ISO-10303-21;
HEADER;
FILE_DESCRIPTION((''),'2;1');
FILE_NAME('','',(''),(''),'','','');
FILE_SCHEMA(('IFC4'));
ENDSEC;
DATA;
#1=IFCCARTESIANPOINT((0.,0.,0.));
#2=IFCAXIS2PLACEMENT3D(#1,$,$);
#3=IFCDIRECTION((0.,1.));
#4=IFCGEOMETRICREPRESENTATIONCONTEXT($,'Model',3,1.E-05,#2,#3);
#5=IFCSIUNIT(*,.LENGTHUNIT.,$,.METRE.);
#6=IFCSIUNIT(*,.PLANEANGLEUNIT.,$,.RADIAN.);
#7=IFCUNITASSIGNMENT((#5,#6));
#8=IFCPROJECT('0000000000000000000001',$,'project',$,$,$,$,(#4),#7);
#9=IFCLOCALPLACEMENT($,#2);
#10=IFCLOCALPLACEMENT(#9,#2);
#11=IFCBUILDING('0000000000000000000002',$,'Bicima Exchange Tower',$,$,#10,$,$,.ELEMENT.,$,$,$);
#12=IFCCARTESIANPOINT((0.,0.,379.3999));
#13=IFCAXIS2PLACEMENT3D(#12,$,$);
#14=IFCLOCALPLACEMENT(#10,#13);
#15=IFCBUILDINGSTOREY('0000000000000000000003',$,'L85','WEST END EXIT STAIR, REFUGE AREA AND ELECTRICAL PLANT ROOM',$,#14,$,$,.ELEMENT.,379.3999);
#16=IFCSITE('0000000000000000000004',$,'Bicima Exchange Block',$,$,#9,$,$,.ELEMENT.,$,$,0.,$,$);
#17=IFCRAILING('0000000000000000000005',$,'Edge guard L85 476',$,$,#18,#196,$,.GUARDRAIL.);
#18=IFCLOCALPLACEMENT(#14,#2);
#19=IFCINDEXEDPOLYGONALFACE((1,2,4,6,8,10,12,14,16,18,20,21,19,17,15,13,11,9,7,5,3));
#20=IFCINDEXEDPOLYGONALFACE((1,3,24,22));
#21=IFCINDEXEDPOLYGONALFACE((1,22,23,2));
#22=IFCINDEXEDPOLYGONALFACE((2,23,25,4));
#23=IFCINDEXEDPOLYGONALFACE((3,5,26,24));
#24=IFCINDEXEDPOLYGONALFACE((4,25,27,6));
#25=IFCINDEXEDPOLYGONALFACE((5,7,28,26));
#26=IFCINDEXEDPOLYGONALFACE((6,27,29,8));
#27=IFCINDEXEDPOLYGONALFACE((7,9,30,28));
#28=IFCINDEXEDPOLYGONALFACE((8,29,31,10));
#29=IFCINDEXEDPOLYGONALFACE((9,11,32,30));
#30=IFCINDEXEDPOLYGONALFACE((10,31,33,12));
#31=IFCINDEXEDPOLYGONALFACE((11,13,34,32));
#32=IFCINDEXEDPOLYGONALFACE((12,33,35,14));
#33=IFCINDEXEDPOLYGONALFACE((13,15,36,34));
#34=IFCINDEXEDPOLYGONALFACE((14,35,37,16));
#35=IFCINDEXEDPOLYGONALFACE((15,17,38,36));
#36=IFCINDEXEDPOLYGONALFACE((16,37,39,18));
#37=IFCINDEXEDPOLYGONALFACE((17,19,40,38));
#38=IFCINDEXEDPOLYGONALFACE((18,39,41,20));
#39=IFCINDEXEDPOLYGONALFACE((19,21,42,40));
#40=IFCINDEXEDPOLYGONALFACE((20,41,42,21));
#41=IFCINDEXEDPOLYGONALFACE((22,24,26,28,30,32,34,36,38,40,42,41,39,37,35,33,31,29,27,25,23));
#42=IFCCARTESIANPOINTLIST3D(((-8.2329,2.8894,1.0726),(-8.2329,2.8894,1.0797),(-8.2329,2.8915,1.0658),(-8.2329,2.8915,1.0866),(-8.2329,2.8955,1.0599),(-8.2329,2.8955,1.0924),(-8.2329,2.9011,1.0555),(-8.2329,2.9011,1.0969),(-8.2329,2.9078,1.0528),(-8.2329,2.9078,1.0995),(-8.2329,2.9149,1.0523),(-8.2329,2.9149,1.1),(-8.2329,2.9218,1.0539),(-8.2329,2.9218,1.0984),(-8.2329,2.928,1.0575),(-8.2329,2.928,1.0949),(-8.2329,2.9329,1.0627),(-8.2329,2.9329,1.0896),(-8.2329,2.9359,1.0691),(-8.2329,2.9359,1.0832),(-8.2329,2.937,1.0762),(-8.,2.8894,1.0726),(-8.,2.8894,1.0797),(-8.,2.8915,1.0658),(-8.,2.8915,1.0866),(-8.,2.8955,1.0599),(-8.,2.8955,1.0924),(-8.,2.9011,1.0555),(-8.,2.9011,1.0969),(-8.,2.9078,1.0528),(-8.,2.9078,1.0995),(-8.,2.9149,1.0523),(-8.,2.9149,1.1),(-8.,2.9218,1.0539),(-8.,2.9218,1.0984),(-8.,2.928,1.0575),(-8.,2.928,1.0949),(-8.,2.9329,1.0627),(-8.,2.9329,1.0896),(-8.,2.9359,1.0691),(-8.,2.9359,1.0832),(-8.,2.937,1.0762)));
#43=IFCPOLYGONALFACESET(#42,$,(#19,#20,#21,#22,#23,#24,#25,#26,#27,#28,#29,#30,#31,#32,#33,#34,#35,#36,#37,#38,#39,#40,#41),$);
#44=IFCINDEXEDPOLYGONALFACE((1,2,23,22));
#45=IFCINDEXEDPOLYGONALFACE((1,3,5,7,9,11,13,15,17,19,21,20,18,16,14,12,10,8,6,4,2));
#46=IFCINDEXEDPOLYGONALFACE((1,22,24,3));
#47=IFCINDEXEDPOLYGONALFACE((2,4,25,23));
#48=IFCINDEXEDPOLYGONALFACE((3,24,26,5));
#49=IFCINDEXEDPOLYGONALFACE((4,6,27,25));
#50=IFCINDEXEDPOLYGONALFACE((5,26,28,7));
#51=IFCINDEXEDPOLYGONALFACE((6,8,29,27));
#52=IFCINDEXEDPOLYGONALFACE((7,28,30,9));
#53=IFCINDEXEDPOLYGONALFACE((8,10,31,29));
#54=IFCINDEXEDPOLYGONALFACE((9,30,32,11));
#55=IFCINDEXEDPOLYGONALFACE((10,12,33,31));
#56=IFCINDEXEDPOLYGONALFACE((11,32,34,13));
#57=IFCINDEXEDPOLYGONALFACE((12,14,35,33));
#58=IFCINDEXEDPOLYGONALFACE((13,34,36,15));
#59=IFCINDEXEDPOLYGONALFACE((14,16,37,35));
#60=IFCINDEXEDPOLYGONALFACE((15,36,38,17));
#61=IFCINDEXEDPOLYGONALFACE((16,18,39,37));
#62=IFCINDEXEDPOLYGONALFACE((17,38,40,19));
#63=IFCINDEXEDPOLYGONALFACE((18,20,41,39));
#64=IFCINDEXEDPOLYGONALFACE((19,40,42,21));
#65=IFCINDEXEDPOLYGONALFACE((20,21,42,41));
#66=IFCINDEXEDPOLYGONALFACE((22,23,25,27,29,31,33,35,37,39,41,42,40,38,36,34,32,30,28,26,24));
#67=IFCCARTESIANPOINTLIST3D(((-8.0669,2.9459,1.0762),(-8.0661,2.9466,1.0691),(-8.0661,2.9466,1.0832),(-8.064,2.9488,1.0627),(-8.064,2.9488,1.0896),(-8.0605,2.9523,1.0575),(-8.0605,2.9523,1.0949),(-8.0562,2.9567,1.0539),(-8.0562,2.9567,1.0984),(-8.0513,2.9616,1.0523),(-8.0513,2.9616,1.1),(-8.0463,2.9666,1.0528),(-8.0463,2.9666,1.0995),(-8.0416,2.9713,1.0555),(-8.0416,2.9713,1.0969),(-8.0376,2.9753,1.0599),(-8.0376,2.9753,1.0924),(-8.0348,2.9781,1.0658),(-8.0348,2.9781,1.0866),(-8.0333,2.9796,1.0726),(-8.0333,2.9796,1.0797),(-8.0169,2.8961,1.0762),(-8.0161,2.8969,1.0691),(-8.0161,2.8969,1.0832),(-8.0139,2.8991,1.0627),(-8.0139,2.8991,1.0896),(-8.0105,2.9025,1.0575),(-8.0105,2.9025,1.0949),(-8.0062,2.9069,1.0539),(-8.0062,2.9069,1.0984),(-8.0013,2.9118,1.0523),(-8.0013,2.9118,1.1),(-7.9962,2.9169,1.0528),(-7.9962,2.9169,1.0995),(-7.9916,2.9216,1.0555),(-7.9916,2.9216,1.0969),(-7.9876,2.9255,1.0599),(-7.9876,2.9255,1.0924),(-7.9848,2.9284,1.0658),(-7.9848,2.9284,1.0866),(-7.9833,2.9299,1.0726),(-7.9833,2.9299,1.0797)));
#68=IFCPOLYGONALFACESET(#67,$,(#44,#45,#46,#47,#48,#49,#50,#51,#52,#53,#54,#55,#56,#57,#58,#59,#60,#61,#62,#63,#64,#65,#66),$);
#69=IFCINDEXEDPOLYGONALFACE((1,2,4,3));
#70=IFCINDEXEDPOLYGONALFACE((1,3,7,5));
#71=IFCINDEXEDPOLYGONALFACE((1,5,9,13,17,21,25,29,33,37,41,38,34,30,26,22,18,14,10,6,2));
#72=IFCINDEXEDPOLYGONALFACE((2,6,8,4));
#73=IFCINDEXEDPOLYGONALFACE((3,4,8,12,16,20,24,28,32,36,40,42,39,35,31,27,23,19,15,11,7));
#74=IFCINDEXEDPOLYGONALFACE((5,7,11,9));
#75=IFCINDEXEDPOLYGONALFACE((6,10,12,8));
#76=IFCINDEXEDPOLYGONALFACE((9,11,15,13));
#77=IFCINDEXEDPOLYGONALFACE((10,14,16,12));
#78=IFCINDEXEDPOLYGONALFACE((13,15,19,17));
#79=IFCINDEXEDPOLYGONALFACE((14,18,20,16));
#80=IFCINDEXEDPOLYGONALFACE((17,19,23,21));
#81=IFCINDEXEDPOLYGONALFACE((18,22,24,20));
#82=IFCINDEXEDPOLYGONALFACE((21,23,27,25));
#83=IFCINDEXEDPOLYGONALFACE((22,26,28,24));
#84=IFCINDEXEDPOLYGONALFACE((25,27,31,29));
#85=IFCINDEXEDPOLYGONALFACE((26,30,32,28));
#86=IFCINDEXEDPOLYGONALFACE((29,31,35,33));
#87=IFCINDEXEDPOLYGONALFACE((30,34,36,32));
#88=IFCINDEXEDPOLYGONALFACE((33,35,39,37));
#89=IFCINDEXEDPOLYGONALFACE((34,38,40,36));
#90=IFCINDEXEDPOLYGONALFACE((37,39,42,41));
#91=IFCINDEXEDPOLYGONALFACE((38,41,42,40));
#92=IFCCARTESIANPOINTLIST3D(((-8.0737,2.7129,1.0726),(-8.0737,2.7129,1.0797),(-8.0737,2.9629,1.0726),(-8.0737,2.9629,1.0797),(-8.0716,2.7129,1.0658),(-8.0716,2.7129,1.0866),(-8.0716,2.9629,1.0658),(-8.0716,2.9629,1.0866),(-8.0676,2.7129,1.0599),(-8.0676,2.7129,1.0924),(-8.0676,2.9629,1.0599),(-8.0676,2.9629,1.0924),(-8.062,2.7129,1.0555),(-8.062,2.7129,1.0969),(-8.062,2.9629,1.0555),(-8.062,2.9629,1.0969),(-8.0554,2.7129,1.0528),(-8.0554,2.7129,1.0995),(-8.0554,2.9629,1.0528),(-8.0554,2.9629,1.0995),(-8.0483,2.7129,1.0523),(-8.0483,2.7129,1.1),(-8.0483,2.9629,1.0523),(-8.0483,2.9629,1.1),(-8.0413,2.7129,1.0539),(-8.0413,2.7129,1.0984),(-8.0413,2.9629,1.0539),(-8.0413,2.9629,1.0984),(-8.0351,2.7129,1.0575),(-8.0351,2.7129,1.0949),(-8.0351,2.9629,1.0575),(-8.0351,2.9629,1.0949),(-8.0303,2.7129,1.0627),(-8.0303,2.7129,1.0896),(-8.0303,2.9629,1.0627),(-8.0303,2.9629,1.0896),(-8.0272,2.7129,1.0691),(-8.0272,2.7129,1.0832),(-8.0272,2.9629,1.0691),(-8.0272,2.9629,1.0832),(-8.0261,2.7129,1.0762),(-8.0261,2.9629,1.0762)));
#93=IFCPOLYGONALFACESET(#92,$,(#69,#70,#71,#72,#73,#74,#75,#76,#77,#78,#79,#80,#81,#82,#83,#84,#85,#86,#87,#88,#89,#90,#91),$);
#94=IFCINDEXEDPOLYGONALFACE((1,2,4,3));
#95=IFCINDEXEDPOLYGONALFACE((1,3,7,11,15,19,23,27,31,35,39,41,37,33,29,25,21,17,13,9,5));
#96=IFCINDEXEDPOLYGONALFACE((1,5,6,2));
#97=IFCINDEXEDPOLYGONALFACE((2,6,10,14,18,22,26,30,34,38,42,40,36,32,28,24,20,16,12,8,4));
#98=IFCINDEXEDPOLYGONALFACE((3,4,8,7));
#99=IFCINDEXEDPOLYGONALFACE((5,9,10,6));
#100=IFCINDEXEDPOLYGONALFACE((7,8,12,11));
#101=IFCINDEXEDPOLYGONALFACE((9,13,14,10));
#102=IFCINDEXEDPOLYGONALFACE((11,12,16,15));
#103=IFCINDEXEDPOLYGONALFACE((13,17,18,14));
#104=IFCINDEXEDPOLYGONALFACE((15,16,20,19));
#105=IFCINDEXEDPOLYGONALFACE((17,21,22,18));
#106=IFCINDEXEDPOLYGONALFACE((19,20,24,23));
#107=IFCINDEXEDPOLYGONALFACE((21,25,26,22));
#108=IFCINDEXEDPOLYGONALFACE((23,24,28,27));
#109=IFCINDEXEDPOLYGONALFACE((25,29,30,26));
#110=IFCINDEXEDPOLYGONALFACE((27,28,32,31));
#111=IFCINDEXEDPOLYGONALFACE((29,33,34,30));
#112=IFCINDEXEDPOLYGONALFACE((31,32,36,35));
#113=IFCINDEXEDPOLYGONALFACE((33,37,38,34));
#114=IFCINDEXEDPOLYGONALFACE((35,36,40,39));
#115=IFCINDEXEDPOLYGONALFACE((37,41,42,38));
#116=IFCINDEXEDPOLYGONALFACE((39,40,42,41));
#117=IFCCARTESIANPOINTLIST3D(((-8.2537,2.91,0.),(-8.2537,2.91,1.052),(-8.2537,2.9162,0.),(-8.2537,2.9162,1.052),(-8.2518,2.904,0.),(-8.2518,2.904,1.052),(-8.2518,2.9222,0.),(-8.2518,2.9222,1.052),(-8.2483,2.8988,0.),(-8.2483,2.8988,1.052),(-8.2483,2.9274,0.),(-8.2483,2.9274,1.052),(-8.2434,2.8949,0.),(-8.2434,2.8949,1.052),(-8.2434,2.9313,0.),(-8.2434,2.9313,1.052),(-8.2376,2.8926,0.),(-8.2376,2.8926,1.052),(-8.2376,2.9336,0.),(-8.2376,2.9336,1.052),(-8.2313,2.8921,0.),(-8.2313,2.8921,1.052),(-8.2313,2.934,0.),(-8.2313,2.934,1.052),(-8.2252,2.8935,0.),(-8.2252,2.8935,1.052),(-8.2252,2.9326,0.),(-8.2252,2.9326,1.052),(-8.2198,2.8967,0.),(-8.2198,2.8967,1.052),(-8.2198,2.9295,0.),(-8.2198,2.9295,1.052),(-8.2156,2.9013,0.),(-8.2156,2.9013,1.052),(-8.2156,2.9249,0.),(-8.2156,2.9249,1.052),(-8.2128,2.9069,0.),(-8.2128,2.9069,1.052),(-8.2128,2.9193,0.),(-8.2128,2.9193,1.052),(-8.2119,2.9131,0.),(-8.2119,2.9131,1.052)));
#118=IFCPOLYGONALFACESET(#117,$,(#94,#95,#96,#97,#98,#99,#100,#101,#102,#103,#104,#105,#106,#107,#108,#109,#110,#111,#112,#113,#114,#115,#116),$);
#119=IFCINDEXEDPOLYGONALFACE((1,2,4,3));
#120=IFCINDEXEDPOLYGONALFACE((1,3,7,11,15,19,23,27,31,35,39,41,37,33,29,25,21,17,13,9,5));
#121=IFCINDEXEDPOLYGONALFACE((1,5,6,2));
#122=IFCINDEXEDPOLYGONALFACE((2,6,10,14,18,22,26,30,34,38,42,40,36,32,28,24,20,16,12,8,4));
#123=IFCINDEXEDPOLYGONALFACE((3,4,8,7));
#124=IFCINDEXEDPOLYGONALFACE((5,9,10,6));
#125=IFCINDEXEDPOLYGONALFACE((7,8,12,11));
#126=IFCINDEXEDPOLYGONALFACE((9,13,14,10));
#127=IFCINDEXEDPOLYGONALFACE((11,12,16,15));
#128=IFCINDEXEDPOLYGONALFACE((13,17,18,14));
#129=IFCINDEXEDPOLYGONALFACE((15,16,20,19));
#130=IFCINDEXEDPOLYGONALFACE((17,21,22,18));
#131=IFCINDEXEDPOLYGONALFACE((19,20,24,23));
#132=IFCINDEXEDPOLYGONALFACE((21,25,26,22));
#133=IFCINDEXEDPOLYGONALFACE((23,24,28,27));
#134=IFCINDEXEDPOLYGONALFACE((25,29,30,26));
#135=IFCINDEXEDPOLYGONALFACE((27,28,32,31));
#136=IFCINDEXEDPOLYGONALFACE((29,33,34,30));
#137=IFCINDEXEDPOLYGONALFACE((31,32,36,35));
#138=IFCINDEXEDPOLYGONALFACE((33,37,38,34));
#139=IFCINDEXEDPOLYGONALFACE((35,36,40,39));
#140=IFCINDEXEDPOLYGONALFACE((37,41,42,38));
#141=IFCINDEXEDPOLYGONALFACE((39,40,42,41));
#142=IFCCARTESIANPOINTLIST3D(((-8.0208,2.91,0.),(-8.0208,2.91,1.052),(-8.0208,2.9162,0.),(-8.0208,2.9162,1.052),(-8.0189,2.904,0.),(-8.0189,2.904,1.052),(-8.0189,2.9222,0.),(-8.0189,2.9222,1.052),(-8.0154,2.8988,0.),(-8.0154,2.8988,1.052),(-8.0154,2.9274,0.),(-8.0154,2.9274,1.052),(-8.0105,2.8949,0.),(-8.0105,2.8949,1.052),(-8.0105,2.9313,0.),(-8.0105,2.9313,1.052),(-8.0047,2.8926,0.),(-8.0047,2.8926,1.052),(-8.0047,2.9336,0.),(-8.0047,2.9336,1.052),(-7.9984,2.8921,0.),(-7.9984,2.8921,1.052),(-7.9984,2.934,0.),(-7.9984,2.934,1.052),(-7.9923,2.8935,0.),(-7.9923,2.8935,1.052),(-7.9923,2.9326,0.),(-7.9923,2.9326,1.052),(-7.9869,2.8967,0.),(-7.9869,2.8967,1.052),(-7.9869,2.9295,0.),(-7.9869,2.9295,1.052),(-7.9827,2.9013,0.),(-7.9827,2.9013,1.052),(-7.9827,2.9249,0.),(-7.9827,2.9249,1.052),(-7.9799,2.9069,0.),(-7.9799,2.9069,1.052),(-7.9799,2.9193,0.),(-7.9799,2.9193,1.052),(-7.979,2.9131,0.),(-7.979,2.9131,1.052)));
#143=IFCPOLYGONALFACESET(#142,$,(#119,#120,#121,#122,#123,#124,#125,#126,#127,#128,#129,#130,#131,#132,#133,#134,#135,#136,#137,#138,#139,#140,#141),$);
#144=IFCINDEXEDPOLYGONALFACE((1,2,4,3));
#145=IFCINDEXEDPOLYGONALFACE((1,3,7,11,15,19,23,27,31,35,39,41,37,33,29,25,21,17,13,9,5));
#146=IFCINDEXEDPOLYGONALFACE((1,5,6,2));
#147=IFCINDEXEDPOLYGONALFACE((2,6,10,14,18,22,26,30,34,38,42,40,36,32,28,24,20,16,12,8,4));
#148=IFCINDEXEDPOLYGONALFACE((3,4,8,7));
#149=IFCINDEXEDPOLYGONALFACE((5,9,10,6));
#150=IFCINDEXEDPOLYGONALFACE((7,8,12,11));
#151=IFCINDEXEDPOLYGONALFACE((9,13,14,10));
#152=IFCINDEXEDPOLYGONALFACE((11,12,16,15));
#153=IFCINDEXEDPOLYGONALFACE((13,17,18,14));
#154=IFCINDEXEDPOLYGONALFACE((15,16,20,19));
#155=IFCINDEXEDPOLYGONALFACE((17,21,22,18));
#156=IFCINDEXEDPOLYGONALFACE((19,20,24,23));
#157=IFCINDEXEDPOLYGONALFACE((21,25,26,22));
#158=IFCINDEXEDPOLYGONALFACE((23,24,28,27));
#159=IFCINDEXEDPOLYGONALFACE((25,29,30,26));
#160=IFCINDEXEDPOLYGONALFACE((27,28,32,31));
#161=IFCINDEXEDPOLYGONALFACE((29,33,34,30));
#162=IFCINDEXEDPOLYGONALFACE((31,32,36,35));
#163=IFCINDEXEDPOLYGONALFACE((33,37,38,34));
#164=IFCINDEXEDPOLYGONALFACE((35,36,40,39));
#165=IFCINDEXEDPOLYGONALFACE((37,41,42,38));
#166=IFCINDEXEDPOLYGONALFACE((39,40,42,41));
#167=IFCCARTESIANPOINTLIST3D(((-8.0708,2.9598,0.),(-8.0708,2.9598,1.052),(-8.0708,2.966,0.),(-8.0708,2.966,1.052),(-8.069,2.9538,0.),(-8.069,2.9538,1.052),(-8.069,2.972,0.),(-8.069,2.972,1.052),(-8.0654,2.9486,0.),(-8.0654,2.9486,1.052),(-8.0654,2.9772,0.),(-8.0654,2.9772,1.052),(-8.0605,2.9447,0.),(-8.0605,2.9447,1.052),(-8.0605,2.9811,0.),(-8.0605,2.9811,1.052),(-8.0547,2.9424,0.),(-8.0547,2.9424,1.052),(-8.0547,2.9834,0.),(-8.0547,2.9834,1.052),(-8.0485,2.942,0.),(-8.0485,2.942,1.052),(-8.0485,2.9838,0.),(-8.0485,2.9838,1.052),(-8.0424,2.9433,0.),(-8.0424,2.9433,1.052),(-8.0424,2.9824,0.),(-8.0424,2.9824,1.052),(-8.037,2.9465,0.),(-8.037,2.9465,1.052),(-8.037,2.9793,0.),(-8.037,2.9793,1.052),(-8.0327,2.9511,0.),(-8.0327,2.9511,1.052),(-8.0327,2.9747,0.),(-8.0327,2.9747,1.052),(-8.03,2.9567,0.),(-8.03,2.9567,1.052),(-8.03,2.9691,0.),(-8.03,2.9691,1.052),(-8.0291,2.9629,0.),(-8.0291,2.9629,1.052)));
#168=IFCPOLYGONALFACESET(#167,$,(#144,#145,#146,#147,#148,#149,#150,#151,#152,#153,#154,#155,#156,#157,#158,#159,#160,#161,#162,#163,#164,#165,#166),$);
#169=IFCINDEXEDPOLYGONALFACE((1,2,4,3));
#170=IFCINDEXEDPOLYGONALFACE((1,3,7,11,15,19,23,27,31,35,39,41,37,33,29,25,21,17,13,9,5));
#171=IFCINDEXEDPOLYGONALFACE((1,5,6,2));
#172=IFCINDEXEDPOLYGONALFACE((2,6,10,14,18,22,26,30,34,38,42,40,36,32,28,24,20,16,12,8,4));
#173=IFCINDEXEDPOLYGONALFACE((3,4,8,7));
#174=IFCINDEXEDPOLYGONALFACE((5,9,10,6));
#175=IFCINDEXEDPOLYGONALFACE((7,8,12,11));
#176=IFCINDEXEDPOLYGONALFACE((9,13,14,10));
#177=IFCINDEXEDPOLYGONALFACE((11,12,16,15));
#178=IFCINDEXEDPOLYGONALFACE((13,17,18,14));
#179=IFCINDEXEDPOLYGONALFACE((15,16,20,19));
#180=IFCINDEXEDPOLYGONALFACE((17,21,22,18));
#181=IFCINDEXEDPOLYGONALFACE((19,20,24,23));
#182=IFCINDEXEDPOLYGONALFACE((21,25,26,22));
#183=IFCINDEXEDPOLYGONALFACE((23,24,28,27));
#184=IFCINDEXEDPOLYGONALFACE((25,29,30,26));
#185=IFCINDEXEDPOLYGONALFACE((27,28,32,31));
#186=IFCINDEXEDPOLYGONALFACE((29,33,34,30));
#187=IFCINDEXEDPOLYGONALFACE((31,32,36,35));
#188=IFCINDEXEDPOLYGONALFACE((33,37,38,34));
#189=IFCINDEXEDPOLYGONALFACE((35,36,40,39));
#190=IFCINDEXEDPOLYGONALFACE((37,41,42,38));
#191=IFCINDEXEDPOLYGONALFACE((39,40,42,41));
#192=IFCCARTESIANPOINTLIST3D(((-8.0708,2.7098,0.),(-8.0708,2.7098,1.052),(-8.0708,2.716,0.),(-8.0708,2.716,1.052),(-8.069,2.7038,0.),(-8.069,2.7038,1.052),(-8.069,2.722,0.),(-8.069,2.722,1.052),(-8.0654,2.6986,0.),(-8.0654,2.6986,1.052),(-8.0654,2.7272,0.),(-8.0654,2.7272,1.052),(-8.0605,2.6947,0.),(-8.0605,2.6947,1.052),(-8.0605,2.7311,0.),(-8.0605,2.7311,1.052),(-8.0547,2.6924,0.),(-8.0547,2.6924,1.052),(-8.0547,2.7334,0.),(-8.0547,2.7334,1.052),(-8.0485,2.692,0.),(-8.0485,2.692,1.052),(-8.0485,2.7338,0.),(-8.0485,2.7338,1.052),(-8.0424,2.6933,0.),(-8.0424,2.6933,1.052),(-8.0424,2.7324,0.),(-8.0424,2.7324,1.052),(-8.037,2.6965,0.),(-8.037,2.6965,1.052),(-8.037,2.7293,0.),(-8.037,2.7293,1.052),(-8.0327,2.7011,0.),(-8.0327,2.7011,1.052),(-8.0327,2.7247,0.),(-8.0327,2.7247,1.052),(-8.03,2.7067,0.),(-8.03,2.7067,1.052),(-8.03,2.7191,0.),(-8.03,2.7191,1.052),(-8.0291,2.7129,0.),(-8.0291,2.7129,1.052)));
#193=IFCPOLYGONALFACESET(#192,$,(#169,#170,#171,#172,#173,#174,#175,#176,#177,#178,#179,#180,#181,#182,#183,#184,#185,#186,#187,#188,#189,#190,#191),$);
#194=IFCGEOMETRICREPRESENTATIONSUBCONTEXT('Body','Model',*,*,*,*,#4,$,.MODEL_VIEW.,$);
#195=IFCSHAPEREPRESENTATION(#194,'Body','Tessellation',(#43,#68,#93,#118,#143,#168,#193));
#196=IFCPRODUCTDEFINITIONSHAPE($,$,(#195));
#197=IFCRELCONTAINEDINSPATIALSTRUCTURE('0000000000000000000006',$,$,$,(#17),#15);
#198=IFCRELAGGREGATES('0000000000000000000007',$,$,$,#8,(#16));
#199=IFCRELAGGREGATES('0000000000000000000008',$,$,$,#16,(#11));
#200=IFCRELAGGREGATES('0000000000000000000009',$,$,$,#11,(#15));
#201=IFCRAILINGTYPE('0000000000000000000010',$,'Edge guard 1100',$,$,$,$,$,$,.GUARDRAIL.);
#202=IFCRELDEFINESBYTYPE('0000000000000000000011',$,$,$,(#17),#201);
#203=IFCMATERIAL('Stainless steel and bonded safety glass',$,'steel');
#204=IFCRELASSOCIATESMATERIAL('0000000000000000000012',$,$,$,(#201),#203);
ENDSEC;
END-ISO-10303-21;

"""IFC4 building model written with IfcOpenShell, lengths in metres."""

from ifc_helpers import new_model, si_unit, direction, frame, origin, origin_2d, place, context, subcontext, project, spatial, circle, extrude, material, type_object, element, save


model = new_model("IFC4")

# Units and contexts
model_context = context("Model", 3, precision=1e-05, world=origin(), true_north=direction((0.0, 1.0)))
body_context = subcontext(model_context, "Body", "Model", "MODEL_VIEW")
ifc_project = project(units=[si_unit("LENGTHUNIT", "METRE"), si_unit("PLANEANGLEUNIT", "RADIAN")], contexts=[model_context])

# Site, building, storey
site_placement = place(None, origin())
site = spatial("IfcSite", under=ifc_project, at=site_placement, Name="Bicima Exchange Block", CompositionType="ELEMENT", RefElevation=0.0)
building_placement = place(site_placement, origin())
building = spatial("IfcBuilding", under=site, at=building_placement, Name="Bicima Exchange Tower", CompositionType="ELEMENT")
storey_placement = place(building_placement, frame((0.0, 0.0, 379.3999)))
storey = spatial("IfcBuildingStorey", under=building, at=storey_placement, Name="L85", Description="WEST END EXIT STAIR, REFUGE AREA AND ELECTRICAL PLANT ROOM", CompositionType="ELEMENT", Elevation=379.3999)

# Railing
ifc_material_1 = material(Name="Stainless steel and bonded safety glass", Category="steel")
railing_type = type_object("IfcRailingType", Name="Edge guard 1100", PredefinedType="GUARDRAIL", material=ifc_material_1)
railing_placement = place(storey_placement, frame((-8.2329, 2.9131, 0.0)))
element("IfcRailing", 1, at=railing_placement, inside=storey, type_object=railing_type, Name="Edge guard L85 476", PredefinedType="GUARDRAIL", context=body_context, shape_type="SweptSolid", body=[
    extrude(circle(Radius=0.0239, at=origin_2d()), frame((0.0, 0.0, 1.0762), z_axis=(1.0, 0.0, 0.0), x_axis=(0.0, 1.0, 0.0)), (0.0, 0.0, 1.0), 0.2329),
    extrude(circle(Radius=0.0239, at=origin_2d()), frame((0.2329, 0.0, 1.0762), z_axis=(-0.708834, 0.705376, 0.0), x_axis=(-0.705376, -0.708834, 0.0)), (0.0, 0.0, 1.0), 0.0706),
    extrude(circle(Radius=0.0239, at=origin_2d()), frame((0.1829, 0.0498, 1.0762), z_axis=(0.0, -1.0, 0.0), x_axis=(1.0, 0.0, 0.0)), (0.0, 0.0, 1.0), 0.25),
    extrude(circle(Radius=0.021, at=origin_2d()), origin(), (0.0, 0.0, 1.0), 1.052),
    extrude(circle(Radius=0.021, at=origin_2d()), frame((0.2329, 0.0, 0.0)), (0.0, 0.0, 1.0), 1.052),
    extrude(circle(Radius=0.021, at=origin_2d()), frame((0.1829, 0.0498, 0.0)), (0.0, 0.0, 1.0), 1.052),
    extrude(circle(Radius=0.021, at=origin_2d()), frame((0.1829, -0.2002, 0.0)), (0.0, 0.0, 1.0), 1.052),
])

save(model, "model.ifc")
